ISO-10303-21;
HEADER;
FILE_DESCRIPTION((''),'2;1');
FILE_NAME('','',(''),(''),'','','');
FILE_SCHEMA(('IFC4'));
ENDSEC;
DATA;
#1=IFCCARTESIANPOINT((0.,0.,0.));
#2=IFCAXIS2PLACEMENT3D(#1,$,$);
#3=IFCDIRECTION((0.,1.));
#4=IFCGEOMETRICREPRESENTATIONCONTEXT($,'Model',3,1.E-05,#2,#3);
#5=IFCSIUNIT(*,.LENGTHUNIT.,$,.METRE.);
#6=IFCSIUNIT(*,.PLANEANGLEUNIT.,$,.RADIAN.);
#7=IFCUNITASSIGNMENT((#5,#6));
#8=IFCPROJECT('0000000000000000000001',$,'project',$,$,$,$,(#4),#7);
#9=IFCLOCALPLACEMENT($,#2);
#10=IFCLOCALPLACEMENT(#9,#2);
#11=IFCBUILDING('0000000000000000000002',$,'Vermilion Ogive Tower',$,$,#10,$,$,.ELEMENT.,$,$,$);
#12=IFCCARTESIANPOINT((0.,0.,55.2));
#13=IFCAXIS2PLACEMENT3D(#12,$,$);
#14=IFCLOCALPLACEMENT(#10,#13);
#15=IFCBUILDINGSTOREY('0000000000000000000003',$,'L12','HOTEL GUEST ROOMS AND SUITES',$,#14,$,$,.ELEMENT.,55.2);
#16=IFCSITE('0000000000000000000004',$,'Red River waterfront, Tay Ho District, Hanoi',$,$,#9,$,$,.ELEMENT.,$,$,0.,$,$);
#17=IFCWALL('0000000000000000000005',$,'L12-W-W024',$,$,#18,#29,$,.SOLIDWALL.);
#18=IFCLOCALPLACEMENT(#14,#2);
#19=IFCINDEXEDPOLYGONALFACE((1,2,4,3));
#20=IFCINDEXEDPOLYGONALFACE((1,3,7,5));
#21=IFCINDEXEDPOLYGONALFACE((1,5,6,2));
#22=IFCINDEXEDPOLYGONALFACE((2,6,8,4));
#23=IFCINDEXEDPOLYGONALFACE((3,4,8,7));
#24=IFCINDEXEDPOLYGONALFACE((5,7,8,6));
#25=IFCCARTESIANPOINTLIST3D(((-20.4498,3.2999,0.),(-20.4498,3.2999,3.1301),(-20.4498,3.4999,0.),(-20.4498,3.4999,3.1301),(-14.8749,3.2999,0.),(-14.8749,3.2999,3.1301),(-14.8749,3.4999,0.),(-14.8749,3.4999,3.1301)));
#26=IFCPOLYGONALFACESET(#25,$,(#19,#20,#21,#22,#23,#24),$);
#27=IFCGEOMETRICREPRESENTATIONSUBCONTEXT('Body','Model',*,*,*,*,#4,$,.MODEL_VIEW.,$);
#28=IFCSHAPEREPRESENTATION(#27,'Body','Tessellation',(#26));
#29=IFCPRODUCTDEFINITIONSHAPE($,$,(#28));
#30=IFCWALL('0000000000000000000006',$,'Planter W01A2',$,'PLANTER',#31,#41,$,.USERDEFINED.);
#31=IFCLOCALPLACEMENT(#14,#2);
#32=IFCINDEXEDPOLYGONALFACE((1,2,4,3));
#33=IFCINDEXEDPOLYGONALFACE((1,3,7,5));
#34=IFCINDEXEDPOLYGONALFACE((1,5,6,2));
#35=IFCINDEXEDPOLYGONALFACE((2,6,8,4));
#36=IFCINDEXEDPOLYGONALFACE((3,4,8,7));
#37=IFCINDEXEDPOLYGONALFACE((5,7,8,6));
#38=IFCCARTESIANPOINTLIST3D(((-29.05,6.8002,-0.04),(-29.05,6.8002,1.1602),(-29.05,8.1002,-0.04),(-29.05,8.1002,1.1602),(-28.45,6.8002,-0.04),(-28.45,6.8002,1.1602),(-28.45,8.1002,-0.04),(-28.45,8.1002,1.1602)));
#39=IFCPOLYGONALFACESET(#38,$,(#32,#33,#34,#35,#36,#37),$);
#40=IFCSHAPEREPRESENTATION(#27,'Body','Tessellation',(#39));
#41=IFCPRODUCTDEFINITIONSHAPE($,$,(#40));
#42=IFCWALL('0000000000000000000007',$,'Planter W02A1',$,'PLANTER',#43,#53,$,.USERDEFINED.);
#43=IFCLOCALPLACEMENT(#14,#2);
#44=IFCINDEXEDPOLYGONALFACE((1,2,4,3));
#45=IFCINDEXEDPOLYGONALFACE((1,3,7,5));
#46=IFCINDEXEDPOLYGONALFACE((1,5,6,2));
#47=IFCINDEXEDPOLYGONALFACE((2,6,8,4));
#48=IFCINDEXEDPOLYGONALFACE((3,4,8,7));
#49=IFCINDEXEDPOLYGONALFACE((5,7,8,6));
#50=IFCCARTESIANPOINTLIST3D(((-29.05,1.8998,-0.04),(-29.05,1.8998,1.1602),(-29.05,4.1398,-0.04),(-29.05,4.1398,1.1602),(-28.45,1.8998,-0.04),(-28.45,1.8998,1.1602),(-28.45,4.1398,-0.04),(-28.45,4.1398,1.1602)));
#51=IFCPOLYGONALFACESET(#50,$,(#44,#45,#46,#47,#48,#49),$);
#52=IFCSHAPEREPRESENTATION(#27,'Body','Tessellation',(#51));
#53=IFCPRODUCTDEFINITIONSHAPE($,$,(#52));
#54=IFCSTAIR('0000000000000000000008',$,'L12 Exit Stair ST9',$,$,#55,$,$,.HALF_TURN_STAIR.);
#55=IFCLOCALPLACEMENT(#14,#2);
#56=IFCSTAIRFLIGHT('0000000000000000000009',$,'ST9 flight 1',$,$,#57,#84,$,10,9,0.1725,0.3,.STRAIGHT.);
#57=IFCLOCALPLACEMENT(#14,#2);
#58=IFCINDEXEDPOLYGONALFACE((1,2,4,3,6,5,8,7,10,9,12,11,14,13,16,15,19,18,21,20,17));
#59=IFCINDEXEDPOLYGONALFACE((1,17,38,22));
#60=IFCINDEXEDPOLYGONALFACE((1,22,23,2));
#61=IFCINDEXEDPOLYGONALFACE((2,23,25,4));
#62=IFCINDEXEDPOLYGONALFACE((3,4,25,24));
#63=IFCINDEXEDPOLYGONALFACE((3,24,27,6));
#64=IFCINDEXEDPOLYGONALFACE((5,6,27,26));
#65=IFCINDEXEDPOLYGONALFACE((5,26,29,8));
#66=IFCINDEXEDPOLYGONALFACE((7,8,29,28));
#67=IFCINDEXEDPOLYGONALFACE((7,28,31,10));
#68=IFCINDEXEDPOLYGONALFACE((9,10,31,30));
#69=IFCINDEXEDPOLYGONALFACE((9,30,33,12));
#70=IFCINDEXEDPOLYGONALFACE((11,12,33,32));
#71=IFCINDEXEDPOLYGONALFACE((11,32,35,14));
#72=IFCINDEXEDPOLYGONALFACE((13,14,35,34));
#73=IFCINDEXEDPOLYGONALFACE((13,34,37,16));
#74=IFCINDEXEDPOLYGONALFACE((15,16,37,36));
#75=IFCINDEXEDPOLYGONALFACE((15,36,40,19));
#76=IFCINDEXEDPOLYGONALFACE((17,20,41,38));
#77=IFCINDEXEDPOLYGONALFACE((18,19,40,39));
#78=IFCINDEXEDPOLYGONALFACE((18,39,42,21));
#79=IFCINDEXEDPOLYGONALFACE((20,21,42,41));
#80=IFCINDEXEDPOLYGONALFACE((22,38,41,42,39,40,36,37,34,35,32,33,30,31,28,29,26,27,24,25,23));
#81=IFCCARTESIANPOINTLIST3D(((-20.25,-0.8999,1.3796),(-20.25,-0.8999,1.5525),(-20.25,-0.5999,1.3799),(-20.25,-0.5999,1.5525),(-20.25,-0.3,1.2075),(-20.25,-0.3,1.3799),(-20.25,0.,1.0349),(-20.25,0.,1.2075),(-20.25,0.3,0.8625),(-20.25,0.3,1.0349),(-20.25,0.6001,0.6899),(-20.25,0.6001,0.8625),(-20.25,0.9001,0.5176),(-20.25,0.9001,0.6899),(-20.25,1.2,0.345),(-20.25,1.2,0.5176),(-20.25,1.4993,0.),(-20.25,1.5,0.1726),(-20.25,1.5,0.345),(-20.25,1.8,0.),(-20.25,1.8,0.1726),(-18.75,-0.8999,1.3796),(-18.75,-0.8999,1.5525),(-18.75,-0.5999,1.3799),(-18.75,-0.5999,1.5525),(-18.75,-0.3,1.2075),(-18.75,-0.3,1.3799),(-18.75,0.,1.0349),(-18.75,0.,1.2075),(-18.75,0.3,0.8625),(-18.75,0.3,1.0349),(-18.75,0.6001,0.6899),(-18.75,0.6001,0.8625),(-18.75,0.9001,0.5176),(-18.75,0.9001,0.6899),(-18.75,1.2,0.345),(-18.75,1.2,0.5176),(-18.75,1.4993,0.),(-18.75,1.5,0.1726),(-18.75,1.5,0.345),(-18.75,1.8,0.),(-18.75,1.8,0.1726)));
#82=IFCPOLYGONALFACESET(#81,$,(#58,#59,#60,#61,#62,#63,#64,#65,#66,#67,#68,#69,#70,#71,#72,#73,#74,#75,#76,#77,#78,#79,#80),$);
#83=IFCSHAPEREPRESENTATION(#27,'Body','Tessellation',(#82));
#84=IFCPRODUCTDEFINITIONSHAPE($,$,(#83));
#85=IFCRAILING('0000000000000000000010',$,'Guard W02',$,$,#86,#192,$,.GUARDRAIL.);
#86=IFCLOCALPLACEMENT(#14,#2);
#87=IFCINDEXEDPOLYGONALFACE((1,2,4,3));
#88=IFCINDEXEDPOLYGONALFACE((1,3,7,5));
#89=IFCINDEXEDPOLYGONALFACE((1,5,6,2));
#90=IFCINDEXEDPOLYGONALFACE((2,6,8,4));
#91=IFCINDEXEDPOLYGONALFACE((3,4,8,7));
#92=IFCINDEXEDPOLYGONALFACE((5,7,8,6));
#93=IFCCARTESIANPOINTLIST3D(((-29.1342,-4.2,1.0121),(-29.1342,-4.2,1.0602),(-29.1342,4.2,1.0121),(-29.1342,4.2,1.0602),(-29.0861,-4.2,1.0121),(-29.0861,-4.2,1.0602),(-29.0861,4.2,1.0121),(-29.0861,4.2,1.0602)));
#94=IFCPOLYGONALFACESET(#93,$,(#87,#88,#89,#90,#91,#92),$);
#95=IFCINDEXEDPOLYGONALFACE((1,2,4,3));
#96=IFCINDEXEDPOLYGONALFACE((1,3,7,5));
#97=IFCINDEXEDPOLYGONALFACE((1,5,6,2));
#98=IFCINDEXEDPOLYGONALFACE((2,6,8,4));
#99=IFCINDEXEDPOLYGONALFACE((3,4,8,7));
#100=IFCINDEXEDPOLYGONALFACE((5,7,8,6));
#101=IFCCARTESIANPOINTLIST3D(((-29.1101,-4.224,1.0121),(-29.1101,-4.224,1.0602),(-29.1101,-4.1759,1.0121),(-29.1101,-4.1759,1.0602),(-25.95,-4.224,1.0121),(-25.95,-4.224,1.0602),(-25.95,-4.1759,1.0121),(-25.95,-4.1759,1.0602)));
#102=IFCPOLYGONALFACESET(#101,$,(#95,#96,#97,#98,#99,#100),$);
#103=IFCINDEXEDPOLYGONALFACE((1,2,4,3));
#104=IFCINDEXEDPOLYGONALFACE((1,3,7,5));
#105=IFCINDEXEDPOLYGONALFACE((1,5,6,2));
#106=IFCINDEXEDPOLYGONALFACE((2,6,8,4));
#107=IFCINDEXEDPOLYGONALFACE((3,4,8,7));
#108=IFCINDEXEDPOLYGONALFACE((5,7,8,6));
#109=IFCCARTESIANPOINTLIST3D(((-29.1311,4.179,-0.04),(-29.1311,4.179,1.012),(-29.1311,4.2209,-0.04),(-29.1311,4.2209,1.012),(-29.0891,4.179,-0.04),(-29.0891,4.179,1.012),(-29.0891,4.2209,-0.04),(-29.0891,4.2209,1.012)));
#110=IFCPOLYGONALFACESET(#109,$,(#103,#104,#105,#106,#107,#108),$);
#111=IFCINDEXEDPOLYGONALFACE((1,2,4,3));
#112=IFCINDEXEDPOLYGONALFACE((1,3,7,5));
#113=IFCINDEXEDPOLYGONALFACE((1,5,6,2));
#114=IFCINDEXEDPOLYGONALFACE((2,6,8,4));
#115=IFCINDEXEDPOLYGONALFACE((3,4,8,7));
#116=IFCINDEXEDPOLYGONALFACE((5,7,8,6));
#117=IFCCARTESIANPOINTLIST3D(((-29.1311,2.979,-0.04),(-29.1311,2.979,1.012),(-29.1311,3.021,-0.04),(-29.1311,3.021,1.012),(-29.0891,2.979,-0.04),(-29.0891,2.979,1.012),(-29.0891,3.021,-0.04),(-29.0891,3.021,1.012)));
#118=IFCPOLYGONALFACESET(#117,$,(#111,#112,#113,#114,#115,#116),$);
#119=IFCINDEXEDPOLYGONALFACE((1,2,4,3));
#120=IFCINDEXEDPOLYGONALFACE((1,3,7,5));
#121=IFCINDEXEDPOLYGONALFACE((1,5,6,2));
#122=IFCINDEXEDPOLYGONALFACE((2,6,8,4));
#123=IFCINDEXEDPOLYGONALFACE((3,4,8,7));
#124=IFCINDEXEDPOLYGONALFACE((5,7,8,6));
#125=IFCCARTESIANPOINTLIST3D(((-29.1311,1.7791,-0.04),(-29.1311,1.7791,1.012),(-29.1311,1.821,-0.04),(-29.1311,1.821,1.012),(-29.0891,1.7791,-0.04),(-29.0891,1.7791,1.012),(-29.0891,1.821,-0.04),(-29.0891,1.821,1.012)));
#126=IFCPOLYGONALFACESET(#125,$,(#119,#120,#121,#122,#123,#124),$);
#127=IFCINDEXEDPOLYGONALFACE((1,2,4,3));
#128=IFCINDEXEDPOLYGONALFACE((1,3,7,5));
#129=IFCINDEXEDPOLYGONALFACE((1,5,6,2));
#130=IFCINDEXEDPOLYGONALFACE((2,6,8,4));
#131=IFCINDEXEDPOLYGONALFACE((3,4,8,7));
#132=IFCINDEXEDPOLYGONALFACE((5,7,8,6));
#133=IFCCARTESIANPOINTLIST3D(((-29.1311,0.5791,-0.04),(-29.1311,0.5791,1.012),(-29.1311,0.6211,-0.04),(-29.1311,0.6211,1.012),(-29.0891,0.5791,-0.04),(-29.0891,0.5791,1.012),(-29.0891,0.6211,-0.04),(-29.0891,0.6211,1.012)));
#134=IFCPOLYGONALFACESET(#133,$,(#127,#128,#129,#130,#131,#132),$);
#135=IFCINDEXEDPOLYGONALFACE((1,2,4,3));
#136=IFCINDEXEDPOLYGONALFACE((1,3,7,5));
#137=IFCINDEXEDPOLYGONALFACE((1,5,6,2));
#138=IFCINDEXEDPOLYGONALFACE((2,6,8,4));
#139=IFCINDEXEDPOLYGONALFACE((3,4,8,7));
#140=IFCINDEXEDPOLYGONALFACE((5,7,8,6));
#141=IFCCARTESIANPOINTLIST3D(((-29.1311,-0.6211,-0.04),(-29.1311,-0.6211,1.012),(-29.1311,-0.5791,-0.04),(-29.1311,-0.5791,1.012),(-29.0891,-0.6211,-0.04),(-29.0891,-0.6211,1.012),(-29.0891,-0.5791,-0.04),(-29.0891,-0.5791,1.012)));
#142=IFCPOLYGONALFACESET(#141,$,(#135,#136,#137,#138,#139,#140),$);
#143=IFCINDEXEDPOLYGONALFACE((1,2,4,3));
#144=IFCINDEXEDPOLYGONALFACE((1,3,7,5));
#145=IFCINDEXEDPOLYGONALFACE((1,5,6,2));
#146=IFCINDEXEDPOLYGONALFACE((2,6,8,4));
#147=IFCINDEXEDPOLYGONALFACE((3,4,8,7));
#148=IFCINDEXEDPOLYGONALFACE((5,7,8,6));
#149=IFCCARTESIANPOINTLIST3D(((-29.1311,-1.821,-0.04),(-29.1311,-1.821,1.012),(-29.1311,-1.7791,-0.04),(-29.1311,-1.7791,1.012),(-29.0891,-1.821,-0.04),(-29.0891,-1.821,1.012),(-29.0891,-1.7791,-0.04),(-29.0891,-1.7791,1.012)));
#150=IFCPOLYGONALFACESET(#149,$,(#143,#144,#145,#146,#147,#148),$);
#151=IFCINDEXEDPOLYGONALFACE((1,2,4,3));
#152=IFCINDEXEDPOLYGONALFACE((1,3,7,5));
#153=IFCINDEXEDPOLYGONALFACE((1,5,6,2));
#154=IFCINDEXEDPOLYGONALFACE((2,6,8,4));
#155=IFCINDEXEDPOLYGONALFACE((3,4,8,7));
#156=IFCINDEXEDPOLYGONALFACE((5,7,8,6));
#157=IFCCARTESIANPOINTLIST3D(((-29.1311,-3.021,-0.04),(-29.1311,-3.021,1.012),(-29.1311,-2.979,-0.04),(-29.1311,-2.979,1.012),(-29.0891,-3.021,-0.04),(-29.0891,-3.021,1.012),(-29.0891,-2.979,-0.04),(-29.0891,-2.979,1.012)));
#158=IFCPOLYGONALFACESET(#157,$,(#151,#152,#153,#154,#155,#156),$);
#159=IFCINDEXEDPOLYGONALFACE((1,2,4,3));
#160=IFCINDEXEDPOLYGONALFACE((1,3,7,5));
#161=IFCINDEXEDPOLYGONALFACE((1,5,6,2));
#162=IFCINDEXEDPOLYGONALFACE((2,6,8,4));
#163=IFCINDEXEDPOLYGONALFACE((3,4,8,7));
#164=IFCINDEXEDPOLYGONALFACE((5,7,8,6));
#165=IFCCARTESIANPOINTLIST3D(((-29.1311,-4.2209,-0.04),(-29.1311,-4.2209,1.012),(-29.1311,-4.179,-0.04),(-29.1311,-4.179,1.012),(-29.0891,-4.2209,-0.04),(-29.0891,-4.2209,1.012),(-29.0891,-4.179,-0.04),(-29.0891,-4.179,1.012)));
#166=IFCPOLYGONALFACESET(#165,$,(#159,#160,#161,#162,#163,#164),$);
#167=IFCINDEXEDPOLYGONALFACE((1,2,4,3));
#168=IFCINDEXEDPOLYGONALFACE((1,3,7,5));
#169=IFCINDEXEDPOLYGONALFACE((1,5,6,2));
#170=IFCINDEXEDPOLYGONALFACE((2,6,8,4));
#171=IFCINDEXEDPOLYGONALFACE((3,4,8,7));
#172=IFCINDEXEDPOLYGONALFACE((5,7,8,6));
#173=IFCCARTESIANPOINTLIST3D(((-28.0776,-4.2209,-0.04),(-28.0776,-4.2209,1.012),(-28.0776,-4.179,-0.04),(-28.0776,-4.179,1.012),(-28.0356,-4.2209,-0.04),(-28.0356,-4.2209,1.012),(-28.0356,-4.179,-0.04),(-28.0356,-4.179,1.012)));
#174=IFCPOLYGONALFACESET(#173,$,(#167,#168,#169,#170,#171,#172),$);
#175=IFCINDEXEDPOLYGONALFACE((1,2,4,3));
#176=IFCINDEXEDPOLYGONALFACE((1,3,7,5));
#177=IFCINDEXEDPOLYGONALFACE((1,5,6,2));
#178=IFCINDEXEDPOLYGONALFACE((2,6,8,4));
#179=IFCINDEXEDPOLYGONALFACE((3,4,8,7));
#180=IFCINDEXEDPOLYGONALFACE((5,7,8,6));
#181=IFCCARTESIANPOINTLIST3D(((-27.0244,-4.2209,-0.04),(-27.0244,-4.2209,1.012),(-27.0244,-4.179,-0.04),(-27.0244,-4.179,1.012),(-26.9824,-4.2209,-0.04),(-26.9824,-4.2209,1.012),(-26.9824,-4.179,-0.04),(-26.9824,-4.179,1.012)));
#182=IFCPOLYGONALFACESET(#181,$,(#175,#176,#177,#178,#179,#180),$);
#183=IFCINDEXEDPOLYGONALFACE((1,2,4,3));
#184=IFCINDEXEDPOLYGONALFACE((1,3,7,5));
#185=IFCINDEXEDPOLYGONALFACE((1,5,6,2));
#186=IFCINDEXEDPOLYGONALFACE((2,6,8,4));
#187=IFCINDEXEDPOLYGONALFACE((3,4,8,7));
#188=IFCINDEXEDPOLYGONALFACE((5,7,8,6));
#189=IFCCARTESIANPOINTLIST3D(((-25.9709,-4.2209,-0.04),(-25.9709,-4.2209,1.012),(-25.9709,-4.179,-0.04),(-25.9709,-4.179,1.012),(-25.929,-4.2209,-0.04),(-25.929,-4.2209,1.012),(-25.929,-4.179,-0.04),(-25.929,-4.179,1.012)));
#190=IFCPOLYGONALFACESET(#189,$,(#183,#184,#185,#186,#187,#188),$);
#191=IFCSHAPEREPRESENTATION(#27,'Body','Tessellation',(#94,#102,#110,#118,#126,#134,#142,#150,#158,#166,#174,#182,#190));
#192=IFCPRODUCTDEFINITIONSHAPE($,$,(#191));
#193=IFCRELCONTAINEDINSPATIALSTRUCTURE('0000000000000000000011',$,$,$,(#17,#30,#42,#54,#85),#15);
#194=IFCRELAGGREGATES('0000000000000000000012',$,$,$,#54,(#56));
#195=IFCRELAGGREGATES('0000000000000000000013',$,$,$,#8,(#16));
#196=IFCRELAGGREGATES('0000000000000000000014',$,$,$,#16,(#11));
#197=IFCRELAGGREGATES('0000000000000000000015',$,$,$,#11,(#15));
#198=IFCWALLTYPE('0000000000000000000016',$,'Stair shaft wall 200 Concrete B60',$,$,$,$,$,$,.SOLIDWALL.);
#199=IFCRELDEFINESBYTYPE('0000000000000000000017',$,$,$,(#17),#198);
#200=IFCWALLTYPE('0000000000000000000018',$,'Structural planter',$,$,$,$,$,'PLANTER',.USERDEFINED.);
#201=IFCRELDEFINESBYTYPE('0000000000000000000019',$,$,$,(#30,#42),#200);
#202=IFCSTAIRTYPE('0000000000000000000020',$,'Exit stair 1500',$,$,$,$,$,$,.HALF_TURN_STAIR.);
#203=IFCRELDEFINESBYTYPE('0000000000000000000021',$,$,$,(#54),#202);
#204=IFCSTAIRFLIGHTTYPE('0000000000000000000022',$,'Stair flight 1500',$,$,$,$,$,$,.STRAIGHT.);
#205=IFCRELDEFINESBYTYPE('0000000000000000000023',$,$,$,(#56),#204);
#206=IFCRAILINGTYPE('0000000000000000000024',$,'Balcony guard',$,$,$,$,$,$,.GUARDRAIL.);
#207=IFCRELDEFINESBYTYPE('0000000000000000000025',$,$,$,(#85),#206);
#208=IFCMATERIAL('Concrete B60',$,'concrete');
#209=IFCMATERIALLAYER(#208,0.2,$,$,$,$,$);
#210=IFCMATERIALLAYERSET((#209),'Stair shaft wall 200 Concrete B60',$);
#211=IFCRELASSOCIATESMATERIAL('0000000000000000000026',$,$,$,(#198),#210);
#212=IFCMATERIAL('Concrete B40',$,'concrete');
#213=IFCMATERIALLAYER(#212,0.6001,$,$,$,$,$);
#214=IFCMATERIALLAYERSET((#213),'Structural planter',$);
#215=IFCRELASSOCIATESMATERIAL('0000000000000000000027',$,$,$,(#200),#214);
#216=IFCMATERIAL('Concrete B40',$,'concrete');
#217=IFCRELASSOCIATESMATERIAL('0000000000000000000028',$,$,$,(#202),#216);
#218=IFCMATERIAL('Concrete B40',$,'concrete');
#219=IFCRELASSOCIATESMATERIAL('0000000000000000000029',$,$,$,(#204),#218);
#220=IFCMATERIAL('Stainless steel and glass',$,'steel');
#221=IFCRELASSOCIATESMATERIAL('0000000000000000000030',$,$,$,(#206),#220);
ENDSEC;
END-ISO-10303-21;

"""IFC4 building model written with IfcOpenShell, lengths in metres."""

from ifc_helpers import new_model, si_unit, direction, frame, frame_2d, origin, origin_2d, place, context, subcontext, project, spatial, polyline, rectangle, outline, extrude, material, layer, layer_set, type_object, element, aggregate, save


model = new_model("IFC4")

# Units and contexts
model_context = context("Model", 3, precision=1e-05, world=origin(), true_north=direction((0.0, 1.0)))
body_context = subcontext(model_context, "Body", "Model", "MODEL_VIEW")
ifc_project = project(units=[si_unit("LENGTHUNIT", "METRE"), si_unit("PLANEANGLEUNIT", "RADIAN")], contexts=[model_context])

# Site, building, storey
site_placement = place(None, origin())
site = spatial("IfcSite", under=ifc_project, at=site_placement, Name="Red River waterfront, Tay Ho District, Hanoi", CompositionType="ELEMENT", RefElevation=0.0)
building_placement = place(site_placement, origin())
building = spatial("IfcBuilding", under=site, at=building_placement, Name="Vermilion Ogive Tower", CompositionType="ELEMENT")
storey_placement = place(building_placement, frame((0.0, 0.0, 55.2)))
storey = spatial("IfcBuildingStorey", under=building, at=storey_placement, Name="L12", Description="HOTEL GUEST ROOMS AND SUITES", CompositionType="ELEMENT", Elevation=55.2)

# Walls
ifc_material_1 = material(Name="Concrete B60", Category="concrete")
ifc_layer_1 = layer(ifc_material_1, 0.2)
ifc_layer_set_1 = layer_set([ifc_layer_1], Name="Stair shaft wall 200 Concrete B60")
wall_type_1 = type_object("IfcWallType", Name="Stair shaft wall 200 Concrete B60", PredefinedType="SOLIDWALL", material=ifc_layer_set_1)
wall_1_placement = place(storey_placement, frame((-20.45, 3.3999, 0.0), z_axis=(0.0, 0.0, 1.0), x_axis=(1.0, 0.0, 0.0)))
element("IfcWall", 1, at=wall_1_placement, inside=storey, type_object=wall_type_1, Name="L12-W-W024", PredefinedType="SOLIDWALL", context=body_context, shape_type="SweptSolid", body=[
    extrude(rectangle(XDim=5.575, YDim=0.2, at=frame_2d((2.7876, 0.0))), origin(), (0.0, 0.0, 1.0), 3.1301),
])
ifc_material_2 = material(Name="Concrete B40", Category="concrete")
ifc_layer_2 = layer(ifc_material_2, 0.6001)
ifc_layer_set_2 = layer_set([ifc_layer_2], Name="Structural planter")
wall_type_2 = type_object("IfcWallType", Name="Structural planter", ElementType="PLANTER", PredefinedType="USERDEFINED", material=ifc_layer_set_2)
wall_2_placement = place(storey_placement, frame((-28.75, 8.1001, -0.04), z_axis=(0.0, 0.0, 1.0), x_axis=(0.0, -1.0, 0.0)))
element("IfcWall", 2, at=wall_2_placement, inside=storey, type_object=wall_type_2, Name="Planter W01A2", ObjectType="PLANTER", PredefinedType="USERDEFINED", context=body_context, shape_type="SweptSolid", body=[
    extrude(rectangle(XDim=1.3, YDim=0.6001, at=frame_2d((0.6499, 0.0))), origin(), (0.0, 0.0, 1.0), 1.2002),
])
wall_3_placement = place(storey_placement, frame((-28.75, 4.1399, -0.04), z_axis=(0.0, 0.0, 1.0), x_axis=(0.0, -1.0, 0.0)))
element("IfcWall", 3, at=wall_3_placement, inside=storey, type_object=wall_type_2, Name="Planter W02A1", ObjectType="PLANTER", PredefinedType="USERDEFINED", context=body_context, shape_type="SweptSolid", body=[
    extrude(rectangle(XDim=2.24, YDim=0.6001, at=frame_2d((1.1201, 0.0))), origin(), (0.0, 0.0, 1.0), 1.2002),
])

# Stair, stair flight
ifc_material_3 = material(Name="Concrete B40", Category="concrete")
stair_type = type_object("IfcStairType", Name="Exit stair 1500", PredefinedType="HALF_TURN_STAIR", material=ifc_material_3)
stair_placement = place(storey_placement, origin())
stair = element("IfcStair", 4, at=stair_placement, inside=storey, type_object=stair_type, Name="L12 Exit Stair ST9", PredefinedType="HALF_TURN_STAIR")
ifc_material_4 = material(Name="Concrete B40", Category="concrete")
stair_flight_type = type_object("IfcStairFlightType", Name="Stair flight 1500", PredefinedType="STRAIGHT", material=ifc_material_4)
stair_flight_placement = place(storey_placement, frame((-19.5, 1.8, 0.0), z_axis=(0.0, 0.0, 1.0), x_axis=(0.0, -1.0, 0.0)))
stair_flight = element("IfcStairFlight", 5, at=stair_flight_placement, type_object=stair_flight_type, Name="ST9 flight 1", NumberOfRisers=10, NumberOfTreads=9, PredefinedType="STRAIGHT", RiserHeight=0.1725, TreadLength=0.3, context=body_context, shape_type="SweptSolid", body=[
    extrude(outline(polyline([(0.0, 0.0), (0.0, 0.1726), (0.3, 0.1726), (0.3, 0.345), (0.6001, 0.345), (0.6001, 0.5176), (0.8999, 0.5176), (0.8999, 0.6899), (1.2, 0.6899), (1.2, 0.8625), (1.5, 0.8625), (1.5, 1.0349), (1.8, 1.0349), (1.8, 1.2075), (2.1001, 1.2075), (2.1001, 1.3799), (2.3999, 1.3799), (2.3999, 1.5525), (2.7, 1.5525), (2.7, 1.7251), (2.7, 1.3796), (0.3008, 0.0), (0.0, 0.0)])), frame((0.0, 0.75, 0.0), z_axis=(0.0, -1.0, 0.0), x_axis=(1.0, 0.0, 0.0)), (0.0, 0.0, 1.0), 1.5),
])
aggregate(stair, [stair_flight])

# Railing
ifc_material_5 = material(Name="Stainless steel and glass", Category="steel")
railing_type_1 = type_object("IfcRailingType", Name="Balcony guard", PredefinedType="GUARDRAIL", material=ifc_material_5)
railing_1_placement = place(storey_placement, frame((-29.1101, 4.2, -0.04)))
element("IfcRailing", 6, at=railing_1_placement, inside=storey, type_object=railing_type_1, Name="Guard W02", PredefinedType="GUARDRAIL", context=body_context, shape_type="SweptSolid", body=[
    extrude(rectangle(XDim=0.0481, YDim=0.0481, at=origin_2d()), frame((0.0, 0.0, 1.0762), z_axis=(0.0, -1.0, 0.0), x_axis=(1.0, 0.0, 0.0)), (0.0, 0.0, 1.0), 8.3999),
    extrude(rectangle(XDim=0.0481, YDim=0.0481, at=origin_2d()), frame((0.0, -8.3999, 1.0762), z_axis=(1.0, 0.0, 0.0), x_axis=(0.0, 1.0, 0.0)), (0.0, 0.0, 1.0), 3.1602),
    extrude(rectangle(XDim=0.042, YDim=0.042, at=origin_2d()), origin(), (0.0, 0.0, 1.0), 1.052),
    extrude(rectangle(XDim=0.042, YDim=0.042, at=origin_2d()), frame((0.0, -1.2, 0.0)), (0.0, 0.0, 1.0), 1.052),
    extrude(rectangle(XDim=0.042, YDim=0.042, at=origin_2d()), frame((0.0, -2.3999, 0.0)), (0.0, 0.0, 1.0), 1.052),
    extrude(rectangle(XDim=0.042, YDim=0.042, at=origin_2d()), frame((0.0, -3.5999, 0.0)), (0.0, 0.0, 1.0), 1.052),
    extrude(rectangle(XDim=0.042, YDim=0.042, at=origin_2d()), frame((0.0, -4.8, 0.0)), (0.0, 0.0, 1.0), 1.052),
    extrude(rectangle(XDim=0.042, YDim=0.042, at=origin_2d()), frame((0.0, -6.0, 0.0)), (0.0, 0.0, 1.0), 1.052),
    extrude(rectangle(XDim=0.042, YDim=0.042, at=origin_2d()), frame((0.0, -7.2, 0.0)), (0.0, 0.0, 1.0), 1.052),
    extrude(rectangle(XDim=0.042, YDim=0.042, at=origin_2d()), frame((0.0, -8.3999, 0.0)), (0.0, 0.0, 1.0), 1.052),
    extrude(rectangle(XDim=0.042, YDim=0.042, at=origin_2d()), frame((1.0535, -8.3999, 0.0)), (0.0, 0.0, 1.0), 1.052),
    extrude(rectangle(XDim=0.042, YDim=0.042, at=origin_2d()), frame((2.1067, -8.3999, 0.0)), (0.0, 0.0, 1.0), 1.052),
    extrude(rectangle(XDim=0.042, YDim=0.042, at=origin_2d()), frame((3.1602, -8.3999, 0.0)), (0.0, 0.0, 1.0), 1.052),
])

save(model, "model.ifc")
